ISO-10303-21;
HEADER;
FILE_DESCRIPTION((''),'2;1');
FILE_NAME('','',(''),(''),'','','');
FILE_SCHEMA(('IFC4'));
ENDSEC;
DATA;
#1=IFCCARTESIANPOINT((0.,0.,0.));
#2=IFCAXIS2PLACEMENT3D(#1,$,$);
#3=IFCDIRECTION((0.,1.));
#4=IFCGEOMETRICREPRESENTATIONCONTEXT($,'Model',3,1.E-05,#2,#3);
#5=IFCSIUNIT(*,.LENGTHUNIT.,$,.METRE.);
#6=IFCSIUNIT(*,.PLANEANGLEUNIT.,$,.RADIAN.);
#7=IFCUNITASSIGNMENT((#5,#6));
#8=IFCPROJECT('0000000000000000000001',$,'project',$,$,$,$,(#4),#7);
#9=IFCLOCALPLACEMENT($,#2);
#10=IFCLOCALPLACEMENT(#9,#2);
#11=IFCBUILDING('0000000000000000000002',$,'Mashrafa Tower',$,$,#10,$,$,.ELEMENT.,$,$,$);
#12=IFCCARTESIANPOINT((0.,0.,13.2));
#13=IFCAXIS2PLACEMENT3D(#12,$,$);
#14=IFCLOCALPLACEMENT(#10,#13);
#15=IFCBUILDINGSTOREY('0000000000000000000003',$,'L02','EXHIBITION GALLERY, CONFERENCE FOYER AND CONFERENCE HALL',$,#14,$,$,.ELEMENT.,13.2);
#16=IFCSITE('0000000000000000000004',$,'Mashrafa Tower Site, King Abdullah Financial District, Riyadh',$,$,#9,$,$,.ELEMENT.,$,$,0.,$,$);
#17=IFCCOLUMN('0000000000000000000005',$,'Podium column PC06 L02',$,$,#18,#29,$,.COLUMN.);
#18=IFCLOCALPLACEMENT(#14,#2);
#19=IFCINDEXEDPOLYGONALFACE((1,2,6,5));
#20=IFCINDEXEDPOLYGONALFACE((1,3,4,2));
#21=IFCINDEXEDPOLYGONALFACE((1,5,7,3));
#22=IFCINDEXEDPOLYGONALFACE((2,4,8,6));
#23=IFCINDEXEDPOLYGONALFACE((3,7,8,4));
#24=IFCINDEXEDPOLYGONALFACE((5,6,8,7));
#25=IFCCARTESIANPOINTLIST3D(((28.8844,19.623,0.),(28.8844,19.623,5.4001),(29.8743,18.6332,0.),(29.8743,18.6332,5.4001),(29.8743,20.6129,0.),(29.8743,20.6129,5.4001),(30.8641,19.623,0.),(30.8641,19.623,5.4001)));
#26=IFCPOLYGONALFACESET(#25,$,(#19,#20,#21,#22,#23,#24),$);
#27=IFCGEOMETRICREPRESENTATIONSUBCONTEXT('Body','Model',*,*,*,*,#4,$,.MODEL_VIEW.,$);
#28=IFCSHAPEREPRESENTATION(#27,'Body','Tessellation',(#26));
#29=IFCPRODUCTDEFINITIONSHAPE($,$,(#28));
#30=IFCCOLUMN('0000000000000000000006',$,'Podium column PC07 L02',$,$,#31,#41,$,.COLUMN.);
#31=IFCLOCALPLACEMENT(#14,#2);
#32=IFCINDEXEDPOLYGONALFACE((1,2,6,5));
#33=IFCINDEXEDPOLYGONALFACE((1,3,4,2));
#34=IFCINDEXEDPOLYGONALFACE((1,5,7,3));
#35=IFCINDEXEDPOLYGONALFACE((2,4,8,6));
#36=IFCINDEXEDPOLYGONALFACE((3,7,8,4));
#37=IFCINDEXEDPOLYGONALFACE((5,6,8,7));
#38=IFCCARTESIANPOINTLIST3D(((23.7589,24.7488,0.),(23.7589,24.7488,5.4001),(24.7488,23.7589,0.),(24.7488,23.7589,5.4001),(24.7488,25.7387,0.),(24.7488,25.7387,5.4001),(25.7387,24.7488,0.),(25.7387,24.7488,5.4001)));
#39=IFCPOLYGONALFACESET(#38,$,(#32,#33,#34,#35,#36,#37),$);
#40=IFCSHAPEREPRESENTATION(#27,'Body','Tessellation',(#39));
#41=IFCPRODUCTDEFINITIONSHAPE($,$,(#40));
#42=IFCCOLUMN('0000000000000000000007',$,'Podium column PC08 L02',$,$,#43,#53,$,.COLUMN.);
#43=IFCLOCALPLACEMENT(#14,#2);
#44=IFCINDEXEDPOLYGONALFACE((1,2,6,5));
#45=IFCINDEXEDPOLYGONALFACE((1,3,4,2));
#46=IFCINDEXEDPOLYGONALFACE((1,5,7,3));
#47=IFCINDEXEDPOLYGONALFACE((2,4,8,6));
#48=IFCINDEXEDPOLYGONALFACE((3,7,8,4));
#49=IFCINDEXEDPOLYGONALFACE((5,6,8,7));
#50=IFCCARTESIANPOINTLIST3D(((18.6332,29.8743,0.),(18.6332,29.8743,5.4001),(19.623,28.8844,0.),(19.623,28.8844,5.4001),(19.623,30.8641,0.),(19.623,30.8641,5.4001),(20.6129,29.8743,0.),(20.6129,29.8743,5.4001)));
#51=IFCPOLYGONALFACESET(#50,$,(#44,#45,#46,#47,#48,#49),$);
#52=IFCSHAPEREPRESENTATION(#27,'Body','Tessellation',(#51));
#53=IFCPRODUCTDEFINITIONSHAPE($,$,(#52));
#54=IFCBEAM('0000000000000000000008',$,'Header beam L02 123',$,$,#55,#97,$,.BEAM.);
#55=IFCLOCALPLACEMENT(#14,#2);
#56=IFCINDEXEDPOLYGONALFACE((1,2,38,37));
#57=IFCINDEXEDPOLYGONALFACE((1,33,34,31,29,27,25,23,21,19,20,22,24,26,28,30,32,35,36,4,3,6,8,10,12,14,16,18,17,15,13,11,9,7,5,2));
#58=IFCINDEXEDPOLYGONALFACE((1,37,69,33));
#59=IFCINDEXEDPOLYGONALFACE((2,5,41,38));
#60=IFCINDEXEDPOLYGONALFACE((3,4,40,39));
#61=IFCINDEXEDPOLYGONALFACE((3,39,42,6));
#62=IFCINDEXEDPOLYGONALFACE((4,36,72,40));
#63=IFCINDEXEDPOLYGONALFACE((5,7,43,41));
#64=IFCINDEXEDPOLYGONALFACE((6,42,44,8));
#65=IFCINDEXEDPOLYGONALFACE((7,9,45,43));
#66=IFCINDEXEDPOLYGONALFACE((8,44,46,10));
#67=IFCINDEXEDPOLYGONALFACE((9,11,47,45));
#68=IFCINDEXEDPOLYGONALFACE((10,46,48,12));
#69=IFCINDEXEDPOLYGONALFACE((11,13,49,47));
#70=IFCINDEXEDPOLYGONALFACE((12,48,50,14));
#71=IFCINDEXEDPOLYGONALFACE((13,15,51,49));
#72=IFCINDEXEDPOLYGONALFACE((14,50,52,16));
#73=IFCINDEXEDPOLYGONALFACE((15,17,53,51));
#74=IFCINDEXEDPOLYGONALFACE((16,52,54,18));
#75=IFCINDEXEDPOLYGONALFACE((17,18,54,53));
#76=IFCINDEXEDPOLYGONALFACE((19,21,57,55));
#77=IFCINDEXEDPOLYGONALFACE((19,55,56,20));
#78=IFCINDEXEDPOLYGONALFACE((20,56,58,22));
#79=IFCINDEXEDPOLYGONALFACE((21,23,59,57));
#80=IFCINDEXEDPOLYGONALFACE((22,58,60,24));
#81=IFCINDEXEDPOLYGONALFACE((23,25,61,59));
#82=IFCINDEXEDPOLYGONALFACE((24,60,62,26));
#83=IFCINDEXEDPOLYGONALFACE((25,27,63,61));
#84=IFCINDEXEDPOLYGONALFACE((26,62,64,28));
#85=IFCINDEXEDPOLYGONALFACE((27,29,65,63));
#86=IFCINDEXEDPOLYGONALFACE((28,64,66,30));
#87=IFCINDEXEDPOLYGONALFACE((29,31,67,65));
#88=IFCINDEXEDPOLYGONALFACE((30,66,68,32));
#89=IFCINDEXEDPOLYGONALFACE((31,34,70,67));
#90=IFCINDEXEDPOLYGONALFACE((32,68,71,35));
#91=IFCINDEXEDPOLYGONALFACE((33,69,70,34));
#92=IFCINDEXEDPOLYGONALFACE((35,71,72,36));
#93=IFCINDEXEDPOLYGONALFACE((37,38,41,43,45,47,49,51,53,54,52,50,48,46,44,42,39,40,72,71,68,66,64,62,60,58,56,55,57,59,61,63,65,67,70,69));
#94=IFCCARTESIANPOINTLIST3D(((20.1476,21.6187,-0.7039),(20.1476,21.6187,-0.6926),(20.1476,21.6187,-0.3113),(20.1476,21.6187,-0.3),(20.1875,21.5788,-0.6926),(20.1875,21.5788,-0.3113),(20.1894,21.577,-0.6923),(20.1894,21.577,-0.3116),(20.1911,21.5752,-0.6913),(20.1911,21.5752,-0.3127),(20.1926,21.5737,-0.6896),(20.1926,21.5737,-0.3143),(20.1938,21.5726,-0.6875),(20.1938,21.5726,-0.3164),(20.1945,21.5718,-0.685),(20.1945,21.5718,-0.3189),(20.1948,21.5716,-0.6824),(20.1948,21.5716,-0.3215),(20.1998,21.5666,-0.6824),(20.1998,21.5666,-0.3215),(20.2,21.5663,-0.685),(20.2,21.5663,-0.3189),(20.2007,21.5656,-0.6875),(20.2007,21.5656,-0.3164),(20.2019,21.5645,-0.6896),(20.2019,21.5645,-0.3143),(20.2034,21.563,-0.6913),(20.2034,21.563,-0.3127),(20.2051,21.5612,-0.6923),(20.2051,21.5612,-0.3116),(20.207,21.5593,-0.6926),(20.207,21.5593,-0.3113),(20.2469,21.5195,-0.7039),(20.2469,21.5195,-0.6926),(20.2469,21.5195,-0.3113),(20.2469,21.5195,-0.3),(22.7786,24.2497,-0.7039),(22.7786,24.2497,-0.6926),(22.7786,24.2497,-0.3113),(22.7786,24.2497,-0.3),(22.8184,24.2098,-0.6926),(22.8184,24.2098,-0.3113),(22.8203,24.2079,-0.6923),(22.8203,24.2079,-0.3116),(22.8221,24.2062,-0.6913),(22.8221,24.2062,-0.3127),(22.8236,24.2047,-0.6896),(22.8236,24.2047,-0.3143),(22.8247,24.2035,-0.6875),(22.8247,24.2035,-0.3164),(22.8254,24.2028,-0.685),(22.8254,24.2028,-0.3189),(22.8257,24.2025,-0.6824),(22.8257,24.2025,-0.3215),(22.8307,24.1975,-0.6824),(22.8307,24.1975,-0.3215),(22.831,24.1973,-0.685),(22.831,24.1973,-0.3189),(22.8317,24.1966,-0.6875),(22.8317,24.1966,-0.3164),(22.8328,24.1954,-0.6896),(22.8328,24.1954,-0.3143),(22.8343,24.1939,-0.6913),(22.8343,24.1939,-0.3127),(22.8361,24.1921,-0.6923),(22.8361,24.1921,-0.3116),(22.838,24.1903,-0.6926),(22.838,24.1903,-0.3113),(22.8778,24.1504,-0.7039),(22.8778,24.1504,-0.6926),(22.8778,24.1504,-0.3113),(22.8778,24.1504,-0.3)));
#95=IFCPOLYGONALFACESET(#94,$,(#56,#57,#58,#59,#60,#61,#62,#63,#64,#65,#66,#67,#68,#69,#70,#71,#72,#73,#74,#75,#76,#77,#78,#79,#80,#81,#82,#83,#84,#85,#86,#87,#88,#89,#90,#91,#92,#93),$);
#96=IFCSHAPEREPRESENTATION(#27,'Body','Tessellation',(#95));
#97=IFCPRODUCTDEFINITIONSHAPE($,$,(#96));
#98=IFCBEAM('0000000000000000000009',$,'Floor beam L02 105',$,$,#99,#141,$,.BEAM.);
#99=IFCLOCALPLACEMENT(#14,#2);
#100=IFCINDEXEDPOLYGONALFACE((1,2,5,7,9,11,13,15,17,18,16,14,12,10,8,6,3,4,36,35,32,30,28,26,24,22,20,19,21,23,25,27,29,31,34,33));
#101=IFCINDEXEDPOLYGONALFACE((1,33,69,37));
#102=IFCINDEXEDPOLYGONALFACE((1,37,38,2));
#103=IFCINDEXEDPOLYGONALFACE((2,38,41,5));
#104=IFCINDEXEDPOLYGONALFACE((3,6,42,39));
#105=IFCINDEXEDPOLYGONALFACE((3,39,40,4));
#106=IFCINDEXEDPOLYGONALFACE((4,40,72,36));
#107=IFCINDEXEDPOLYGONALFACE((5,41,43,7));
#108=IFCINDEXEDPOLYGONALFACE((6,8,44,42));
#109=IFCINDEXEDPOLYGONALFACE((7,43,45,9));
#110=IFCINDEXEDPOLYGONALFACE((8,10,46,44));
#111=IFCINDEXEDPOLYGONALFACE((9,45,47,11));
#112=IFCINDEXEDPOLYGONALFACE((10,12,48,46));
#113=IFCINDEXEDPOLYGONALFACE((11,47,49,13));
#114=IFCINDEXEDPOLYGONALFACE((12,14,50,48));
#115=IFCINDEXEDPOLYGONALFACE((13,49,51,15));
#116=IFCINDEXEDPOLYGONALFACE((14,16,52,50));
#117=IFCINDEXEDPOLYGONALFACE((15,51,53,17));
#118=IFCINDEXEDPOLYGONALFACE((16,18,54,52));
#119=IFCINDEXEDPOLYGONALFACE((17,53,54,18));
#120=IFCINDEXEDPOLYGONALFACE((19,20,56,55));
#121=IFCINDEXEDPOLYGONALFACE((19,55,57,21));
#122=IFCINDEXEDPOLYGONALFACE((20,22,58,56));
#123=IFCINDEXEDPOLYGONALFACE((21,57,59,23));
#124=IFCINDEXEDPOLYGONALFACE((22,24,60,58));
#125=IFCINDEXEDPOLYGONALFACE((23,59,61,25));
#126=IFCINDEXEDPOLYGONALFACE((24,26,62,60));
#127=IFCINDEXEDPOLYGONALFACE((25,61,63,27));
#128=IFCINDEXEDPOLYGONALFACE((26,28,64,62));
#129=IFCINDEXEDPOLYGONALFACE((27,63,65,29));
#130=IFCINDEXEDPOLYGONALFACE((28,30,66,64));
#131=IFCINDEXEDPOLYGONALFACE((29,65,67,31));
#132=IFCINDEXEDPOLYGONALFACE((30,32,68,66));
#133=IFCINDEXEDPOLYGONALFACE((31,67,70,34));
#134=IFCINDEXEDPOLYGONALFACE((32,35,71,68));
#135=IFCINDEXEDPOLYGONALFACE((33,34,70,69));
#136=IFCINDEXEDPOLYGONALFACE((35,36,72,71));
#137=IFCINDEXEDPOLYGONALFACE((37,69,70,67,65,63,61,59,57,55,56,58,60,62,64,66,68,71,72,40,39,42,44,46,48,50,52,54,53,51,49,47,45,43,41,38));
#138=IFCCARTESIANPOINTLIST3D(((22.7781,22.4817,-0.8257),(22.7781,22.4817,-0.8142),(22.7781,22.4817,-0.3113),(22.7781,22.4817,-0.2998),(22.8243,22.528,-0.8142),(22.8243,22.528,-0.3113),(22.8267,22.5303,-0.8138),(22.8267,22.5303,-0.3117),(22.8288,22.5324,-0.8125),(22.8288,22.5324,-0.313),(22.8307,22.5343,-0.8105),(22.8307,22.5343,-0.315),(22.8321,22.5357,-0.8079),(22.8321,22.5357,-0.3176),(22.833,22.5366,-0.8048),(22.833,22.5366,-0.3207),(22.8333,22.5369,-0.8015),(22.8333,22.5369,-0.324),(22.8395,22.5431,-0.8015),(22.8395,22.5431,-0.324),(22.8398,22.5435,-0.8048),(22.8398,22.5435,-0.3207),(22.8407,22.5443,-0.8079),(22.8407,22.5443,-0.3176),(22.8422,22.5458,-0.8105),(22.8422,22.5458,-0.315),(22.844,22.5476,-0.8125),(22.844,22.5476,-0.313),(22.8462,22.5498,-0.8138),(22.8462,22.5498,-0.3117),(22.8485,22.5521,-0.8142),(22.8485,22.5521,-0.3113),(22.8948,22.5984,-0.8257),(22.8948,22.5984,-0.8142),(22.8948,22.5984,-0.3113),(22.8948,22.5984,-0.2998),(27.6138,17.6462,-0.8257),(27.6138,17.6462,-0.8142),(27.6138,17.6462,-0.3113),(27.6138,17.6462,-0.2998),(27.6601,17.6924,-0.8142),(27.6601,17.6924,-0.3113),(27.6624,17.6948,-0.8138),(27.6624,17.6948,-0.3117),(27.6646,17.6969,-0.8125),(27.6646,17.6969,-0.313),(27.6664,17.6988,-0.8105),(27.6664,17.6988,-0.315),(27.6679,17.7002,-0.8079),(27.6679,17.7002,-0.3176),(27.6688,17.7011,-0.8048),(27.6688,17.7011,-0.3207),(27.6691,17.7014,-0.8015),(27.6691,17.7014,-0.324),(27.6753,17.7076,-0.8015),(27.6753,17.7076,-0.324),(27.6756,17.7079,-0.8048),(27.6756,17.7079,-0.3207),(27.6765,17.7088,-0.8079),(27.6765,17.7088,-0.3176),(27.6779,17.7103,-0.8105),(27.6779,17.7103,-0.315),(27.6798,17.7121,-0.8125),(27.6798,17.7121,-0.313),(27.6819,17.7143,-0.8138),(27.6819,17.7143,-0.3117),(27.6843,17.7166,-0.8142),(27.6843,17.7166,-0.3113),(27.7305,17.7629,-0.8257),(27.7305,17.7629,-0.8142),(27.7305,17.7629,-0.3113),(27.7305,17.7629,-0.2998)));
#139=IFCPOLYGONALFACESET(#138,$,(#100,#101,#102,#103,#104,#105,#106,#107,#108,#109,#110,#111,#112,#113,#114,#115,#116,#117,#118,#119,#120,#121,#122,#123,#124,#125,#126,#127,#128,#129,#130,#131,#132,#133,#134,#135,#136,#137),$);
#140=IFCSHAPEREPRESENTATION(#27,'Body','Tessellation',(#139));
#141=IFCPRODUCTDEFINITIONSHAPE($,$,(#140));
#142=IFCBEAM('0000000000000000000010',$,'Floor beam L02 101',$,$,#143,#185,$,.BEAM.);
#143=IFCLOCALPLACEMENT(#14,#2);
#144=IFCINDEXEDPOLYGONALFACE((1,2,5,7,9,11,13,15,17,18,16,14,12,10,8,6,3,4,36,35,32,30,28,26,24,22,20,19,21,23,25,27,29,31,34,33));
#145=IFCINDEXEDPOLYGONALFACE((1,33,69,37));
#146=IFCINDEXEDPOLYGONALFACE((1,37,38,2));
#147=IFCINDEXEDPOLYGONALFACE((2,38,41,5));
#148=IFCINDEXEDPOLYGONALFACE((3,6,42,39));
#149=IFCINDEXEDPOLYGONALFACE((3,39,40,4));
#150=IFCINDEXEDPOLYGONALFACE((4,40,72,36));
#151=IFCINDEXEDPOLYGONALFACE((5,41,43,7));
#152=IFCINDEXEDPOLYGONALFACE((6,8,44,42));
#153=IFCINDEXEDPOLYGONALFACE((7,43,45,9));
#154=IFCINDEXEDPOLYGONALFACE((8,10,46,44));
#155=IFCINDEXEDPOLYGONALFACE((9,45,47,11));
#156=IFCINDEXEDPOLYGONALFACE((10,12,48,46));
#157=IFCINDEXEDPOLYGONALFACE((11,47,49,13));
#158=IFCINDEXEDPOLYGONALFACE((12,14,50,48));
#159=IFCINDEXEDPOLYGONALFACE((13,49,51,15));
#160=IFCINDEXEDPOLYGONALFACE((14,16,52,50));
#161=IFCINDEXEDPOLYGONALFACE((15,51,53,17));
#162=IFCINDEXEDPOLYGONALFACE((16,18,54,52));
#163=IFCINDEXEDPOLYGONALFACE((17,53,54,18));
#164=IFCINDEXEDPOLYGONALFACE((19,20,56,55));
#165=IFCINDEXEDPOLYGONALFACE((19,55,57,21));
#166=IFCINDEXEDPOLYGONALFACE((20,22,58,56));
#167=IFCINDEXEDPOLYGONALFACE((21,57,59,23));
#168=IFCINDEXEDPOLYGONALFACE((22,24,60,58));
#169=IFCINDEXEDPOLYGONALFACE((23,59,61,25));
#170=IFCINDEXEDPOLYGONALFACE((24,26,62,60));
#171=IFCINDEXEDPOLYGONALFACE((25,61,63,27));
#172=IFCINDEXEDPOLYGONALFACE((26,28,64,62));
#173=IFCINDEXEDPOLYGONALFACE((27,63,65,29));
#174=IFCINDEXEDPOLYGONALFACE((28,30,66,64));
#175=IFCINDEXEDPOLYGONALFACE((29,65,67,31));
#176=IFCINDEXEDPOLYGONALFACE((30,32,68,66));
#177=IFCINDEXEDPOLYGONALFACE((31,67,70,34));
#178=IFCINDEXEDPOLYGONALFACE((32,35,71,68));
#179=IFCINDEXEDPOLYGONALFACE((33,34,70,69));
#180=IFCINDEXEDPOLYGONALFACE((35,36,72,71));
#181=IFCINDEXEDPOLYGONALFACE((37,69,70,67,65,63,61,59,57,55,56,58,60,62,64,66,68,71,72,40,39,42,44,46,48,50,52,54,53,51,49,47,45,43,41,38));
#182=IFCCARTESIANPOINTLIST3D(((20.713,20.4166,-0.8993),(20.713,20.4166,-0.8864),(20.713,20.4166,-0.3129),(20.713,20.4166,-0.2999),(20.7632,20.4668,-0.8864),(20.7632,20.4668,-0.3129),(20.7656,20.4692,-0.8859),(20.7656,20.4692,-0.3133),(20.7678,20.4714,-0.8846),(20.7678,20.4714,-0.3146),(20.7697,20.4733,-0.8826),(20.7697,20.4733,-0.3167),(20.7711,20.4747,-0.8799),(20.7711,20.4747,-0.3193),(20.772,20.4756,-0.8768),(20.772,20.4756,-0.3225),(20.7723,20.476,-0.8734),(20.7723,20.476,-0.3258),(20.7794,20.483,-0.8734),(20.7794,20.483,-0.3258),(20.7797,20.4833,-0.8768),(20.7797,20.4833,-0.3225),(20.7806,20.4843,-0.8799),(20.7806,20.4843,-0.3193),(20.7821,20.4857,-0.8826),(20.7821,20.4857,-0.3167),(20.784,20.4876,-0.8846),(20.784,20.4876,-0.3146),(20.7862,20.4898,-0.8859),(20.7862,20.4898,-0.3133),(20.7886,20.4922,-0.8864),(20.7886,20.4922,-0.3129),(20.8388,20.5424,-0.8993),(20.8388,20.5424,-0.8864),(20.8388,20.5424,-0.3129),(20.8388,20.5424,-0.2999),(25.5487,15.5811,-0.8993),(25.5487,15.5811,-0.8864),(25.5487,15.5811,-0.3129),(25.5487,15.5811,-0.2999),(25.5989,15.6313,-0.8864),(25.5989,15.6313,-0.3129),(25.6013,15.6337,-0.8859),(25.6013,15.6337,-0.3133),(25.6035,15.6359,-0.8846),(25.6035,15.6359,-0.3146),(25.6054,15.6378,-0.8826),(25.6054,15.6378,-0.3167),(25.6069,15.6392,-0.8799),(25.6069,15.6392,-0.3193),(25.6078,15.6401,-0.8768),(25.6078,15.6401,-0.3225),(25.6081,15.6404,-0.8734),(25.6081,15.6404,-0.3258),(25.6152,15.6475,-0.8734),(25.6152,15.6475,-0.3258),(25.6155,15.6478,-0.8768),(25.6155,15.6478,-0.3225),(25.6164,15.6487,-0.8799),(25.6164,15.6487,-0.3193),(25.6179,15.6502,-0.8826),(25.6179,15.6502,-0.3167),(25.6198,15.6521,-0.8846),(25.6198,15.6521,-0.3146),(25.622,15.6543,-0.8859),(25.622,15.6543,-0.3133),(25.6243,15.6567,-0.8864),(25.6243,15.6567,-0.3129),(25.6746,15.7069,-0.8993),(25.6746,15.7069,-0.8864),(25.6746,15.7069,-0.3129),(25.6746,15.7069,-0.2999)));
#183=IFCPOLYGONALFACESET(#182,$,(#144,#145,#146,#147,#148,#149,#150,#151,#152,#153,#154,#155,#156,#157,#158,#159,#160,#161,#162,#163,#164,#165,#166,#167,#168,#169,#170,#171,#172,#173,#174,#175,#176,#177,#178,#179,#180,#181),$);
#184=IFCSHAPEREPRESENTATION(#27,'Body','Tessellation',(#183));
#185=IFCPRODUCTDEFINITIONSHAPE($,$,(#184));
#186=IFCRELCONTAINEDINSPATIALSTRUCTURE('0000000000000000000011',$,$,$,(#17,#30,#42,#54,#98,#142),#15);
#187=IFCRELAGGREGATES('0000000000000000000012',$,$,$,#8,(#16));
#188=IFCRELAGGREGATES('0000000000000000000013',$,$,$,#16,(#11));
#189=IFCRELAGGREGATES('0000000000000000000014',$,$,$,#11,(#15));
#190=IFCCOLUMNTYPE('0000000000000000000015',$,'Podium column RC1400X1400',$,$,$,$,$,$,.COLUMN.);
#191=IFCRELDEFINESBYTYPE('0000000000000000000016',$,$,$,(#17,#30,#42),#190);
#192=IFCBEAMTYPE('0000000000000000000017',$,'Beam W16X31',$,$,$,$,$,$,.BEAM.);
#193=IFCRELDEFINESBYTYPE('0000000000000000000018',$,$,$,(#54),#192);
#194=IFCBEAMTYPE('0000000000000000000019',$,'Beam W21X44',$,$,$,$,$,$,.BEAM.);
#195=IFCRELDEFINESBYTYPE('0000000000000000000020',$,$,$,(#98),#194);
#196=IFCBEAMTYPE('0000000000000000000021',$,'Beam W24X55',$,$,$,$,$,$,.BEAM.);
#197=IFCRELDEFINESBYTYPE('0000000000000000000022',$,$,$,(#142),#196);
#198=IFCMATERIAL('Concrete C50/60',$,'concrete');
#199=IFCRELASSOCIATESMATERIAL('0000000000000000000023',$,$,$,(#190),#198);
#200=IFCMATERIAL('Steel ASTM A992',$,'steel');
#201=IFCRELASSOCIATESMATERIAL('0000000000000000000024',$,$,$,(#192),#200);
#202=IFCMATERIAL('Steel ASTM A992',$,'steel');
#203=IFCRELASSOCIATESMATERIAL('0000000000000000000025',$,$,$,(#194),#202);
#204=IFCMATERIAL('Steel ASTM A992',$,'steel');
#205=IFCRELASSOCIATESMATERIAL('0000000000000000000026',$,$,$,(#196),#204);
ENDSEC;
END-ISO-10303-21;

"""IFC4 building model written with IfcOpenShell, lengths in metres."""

from ifc_helpers import new_model, si_unit, direction, frame, origin, origin_2d, place, context, subcontext, project, spatial, rectangle, i_section, extrude, material, material_profile, profile_set, type_object, element, save


model = new_model("IFC4")

# Units and contexts
model_context = context("Model", 3, precision=1e-05, world=origin(), true_north=direction((0.0, 1.0)))
body_context = subcontext(model_context, "Body", "Model", "MODEL_VIEW")
ifc_project = project(units=[si_unit("LENGTHUNIT", "METRE"), si_unit("PLANEANGLEUNIT", "RADIAN")], contexts=[model_context])

# Site, building, storey
site_placement = place(None, origin())
site = spatial("IfcSite", under=ifc_project, at=site_placement, Name="Mashrafa Tower Site, King Abdullah Financial District, Riyadh", CompositionType="ELEMENT", RefElevation=0.0)
building_placement = place(site_placement, origin())
building = spatial("IfcBuilding", under=site, at=building_placement, Name="Mashrafa Tower", CompositionType="ELEMENT")
storey_placement = place(building_placement, frame((0.0, 0.0, 13.2)))
storey = spatial("IfcBuildingStorey", under=building, at=storey_placement, Name="L02", Description="EXHIBITION GALLERY, CONFERENCE FOYER AND CONFERENCE HALL", CompositionType="ELEMENT", Elevation=13.2)

# Columns
ifc_material_1 = material(Name="Concrete C50/60", Category="concrete")
ifc_material_profile_1 = material_profile(ifc_material_1, rectangle(XDim=1.3999, YDim=1.3999, at=origin_2d()), Name="RC1400X1400")
ifc_profile_set_1 = profile_set([ifc_material_profile_1], Name="Concrete C50/60")
column_type = type_object("IfcColumnType", Name="Podium column RC1400X1400", PredefinedType="COLUMN", material=ifc_profile_set_1)
for number, where, z_axis, x_axis, name in (
    (1, (29.8743, 19.623, 0.0), (0.0, 0.0, 1.0), (0.707107, 0.707107, 0.0), "Podium column PC06 L02"),
    (2, (24.7488, 24.7488, 0.0), (0.0, 0.0, 1.0), (0.707107, 0.707107, 0.0), "Podium column PC07 L02"),
    (3, (19.623, 29.8743, 0.0), (0.0, 0.0, 1.0), (0.707107, 0.707107, 0.0), "Podium column PC08 L02"),
):
    element("IfcColumn", number, at=place(storey_placement, frame(where, z_axis=z_axis, x_axis=x_axis)), inside=storey, type_object=column_type, Name=name, PredefinedType="COLUMN", context=body_context, shape_type="SweptSolid", body=[
        extrude(rectangle(XDim=1.3999, YDim=1.3999, at=origin_2d()), origin(), (0.0, 0.0, 1.0), 5.4001),
    ])

# Beams
ifc_material_2 = material(Name="Steel ASTM A992", Category="steel")
ifc_material_profile_2 = material_profile(ifc_material_2, i_section(OverallWidth=0.1404, OverallDepth=0.4038, WebThickness=0.0071, FlangeThickness=0.0112, FilletRadius=0.0103, at=origin_2d()), Name="W16X31")
ifc_profile_set_2 = profile_set([ifc_material_profile_2], Name="Steel ASTM A992")
beam_type_1 = type_object("IfcBeamType", Name="Beam W16X31", PredefinedType="BEAM", material=ifc_profile_set_2)
beam_1_placement = place(storey_placement, frame((20.1973, 21.5691, -0.502), z_axis=(0.707107, 0.707107, 0.0), x_axis=(-0.707107, 0.707107, 0.0)))
element("IfcBeam", 4, at=beam_1_placement, inside=storey, type_object=beam_type_1, Name="Header beam L02 123", PredefinedType="BEAM", context=body_context, shape_type="SweptSolid", body=[
    extrude(i_section(OverallWidth=0.1404, OverallDepth=0.4038, WebThickness=0.0071, FlangeThickness=0.0112, FilletRadius=0.0103, at=origin_2d()), origin(), (0.0, 0.0, 1.0), 3.7207),
])
ifc_material_3 = material(Name="Steel ASTM A992", Category="steel")
ifc_material_profile_3 = material_profile(ifc_material_3, i_section(OverallWidth=0.165, OverallDepth=0.5259, WebThickness=0.0088, FlangeThickness=0.0115, FilletRadius=0.0127, at=origin_2d()), Name="W21X44")
ifc_profile_set_3 = profile_set([ifc_material_profile_3], Name="Steel ASTM A992")
beam_type_2 = type_object("IfcBeamType", Name="Beam W21X44", PredefinedType="BEAM", material=ifc_profile_set_3)
beam_2_placement = place(storey_placement, frame((22.8364, 22.54, -0.5627), z_axis=(0.707125, -0.707089, 0.0), x_axis=(0.707089, 0.707125, 0.0)))
element("IfcBeam", 5, at=beam_2_placement, inside=storey, type_object=beam_type_2, Name="Floor beam L02 105", PredefinedType="BEAM", context=body_context, shape_type="SweptSolid", body=[
    extrude(i_section(OverallWidth=0.165, OverallDepth=0.5259, WebThickness=0.0088, FlangeThickness=0.0115, FilletRadius=0.0127, at=origin_2d()), origin(), (0.0, 0.0, 1.0), 6.8386),
])
ifc_material_4 = material(Name="Steel ASTM A992", Category="steel")
ifc_material_profile_4 = material_profile(ifc_material_4, i_section(OverallWidth=0.178, OverallDepth=0.5994, WebThickness=0.01, FlangeThickness=0.0129, FilletRadius=0.0129, at=origin_2d()), Name="W24X55")
ifc_profile_set_4 = profile_set([ifc_material_profile_4], Name="Steel ASTM A992")
beam_type_3 = type_object("IfcBeamType", Name="Beam W24X55", PredefinedType="BEAM", material=ifc_profile_set_4)
beam_3_placement = place(storey_placement, frame((20.7759, 20.4795, -0.5996), z_axis=(0.707125, -0.707089, 0.0), x_axis=(0.707089, 0.707125, 0.0)))
element("IfcBeam", 6, at=beam_3_placement, inside=storey, type_object=beam_type_3, Name="Floor beam L02 101", PredefinedType="BEAM", context=body_context, shape_type="SweptSolid", body=[
    extrude(i_section(OverallWidth=0.178, OverallDepth=0.5994, WebThickness=0.01, FlangeThickness=0.0129, FilletRadius=0.0129, at=origin_2d()), origin(), (0.0, 0.0, 1.0), 6.8386),
])

save(model, "model.ifc")
